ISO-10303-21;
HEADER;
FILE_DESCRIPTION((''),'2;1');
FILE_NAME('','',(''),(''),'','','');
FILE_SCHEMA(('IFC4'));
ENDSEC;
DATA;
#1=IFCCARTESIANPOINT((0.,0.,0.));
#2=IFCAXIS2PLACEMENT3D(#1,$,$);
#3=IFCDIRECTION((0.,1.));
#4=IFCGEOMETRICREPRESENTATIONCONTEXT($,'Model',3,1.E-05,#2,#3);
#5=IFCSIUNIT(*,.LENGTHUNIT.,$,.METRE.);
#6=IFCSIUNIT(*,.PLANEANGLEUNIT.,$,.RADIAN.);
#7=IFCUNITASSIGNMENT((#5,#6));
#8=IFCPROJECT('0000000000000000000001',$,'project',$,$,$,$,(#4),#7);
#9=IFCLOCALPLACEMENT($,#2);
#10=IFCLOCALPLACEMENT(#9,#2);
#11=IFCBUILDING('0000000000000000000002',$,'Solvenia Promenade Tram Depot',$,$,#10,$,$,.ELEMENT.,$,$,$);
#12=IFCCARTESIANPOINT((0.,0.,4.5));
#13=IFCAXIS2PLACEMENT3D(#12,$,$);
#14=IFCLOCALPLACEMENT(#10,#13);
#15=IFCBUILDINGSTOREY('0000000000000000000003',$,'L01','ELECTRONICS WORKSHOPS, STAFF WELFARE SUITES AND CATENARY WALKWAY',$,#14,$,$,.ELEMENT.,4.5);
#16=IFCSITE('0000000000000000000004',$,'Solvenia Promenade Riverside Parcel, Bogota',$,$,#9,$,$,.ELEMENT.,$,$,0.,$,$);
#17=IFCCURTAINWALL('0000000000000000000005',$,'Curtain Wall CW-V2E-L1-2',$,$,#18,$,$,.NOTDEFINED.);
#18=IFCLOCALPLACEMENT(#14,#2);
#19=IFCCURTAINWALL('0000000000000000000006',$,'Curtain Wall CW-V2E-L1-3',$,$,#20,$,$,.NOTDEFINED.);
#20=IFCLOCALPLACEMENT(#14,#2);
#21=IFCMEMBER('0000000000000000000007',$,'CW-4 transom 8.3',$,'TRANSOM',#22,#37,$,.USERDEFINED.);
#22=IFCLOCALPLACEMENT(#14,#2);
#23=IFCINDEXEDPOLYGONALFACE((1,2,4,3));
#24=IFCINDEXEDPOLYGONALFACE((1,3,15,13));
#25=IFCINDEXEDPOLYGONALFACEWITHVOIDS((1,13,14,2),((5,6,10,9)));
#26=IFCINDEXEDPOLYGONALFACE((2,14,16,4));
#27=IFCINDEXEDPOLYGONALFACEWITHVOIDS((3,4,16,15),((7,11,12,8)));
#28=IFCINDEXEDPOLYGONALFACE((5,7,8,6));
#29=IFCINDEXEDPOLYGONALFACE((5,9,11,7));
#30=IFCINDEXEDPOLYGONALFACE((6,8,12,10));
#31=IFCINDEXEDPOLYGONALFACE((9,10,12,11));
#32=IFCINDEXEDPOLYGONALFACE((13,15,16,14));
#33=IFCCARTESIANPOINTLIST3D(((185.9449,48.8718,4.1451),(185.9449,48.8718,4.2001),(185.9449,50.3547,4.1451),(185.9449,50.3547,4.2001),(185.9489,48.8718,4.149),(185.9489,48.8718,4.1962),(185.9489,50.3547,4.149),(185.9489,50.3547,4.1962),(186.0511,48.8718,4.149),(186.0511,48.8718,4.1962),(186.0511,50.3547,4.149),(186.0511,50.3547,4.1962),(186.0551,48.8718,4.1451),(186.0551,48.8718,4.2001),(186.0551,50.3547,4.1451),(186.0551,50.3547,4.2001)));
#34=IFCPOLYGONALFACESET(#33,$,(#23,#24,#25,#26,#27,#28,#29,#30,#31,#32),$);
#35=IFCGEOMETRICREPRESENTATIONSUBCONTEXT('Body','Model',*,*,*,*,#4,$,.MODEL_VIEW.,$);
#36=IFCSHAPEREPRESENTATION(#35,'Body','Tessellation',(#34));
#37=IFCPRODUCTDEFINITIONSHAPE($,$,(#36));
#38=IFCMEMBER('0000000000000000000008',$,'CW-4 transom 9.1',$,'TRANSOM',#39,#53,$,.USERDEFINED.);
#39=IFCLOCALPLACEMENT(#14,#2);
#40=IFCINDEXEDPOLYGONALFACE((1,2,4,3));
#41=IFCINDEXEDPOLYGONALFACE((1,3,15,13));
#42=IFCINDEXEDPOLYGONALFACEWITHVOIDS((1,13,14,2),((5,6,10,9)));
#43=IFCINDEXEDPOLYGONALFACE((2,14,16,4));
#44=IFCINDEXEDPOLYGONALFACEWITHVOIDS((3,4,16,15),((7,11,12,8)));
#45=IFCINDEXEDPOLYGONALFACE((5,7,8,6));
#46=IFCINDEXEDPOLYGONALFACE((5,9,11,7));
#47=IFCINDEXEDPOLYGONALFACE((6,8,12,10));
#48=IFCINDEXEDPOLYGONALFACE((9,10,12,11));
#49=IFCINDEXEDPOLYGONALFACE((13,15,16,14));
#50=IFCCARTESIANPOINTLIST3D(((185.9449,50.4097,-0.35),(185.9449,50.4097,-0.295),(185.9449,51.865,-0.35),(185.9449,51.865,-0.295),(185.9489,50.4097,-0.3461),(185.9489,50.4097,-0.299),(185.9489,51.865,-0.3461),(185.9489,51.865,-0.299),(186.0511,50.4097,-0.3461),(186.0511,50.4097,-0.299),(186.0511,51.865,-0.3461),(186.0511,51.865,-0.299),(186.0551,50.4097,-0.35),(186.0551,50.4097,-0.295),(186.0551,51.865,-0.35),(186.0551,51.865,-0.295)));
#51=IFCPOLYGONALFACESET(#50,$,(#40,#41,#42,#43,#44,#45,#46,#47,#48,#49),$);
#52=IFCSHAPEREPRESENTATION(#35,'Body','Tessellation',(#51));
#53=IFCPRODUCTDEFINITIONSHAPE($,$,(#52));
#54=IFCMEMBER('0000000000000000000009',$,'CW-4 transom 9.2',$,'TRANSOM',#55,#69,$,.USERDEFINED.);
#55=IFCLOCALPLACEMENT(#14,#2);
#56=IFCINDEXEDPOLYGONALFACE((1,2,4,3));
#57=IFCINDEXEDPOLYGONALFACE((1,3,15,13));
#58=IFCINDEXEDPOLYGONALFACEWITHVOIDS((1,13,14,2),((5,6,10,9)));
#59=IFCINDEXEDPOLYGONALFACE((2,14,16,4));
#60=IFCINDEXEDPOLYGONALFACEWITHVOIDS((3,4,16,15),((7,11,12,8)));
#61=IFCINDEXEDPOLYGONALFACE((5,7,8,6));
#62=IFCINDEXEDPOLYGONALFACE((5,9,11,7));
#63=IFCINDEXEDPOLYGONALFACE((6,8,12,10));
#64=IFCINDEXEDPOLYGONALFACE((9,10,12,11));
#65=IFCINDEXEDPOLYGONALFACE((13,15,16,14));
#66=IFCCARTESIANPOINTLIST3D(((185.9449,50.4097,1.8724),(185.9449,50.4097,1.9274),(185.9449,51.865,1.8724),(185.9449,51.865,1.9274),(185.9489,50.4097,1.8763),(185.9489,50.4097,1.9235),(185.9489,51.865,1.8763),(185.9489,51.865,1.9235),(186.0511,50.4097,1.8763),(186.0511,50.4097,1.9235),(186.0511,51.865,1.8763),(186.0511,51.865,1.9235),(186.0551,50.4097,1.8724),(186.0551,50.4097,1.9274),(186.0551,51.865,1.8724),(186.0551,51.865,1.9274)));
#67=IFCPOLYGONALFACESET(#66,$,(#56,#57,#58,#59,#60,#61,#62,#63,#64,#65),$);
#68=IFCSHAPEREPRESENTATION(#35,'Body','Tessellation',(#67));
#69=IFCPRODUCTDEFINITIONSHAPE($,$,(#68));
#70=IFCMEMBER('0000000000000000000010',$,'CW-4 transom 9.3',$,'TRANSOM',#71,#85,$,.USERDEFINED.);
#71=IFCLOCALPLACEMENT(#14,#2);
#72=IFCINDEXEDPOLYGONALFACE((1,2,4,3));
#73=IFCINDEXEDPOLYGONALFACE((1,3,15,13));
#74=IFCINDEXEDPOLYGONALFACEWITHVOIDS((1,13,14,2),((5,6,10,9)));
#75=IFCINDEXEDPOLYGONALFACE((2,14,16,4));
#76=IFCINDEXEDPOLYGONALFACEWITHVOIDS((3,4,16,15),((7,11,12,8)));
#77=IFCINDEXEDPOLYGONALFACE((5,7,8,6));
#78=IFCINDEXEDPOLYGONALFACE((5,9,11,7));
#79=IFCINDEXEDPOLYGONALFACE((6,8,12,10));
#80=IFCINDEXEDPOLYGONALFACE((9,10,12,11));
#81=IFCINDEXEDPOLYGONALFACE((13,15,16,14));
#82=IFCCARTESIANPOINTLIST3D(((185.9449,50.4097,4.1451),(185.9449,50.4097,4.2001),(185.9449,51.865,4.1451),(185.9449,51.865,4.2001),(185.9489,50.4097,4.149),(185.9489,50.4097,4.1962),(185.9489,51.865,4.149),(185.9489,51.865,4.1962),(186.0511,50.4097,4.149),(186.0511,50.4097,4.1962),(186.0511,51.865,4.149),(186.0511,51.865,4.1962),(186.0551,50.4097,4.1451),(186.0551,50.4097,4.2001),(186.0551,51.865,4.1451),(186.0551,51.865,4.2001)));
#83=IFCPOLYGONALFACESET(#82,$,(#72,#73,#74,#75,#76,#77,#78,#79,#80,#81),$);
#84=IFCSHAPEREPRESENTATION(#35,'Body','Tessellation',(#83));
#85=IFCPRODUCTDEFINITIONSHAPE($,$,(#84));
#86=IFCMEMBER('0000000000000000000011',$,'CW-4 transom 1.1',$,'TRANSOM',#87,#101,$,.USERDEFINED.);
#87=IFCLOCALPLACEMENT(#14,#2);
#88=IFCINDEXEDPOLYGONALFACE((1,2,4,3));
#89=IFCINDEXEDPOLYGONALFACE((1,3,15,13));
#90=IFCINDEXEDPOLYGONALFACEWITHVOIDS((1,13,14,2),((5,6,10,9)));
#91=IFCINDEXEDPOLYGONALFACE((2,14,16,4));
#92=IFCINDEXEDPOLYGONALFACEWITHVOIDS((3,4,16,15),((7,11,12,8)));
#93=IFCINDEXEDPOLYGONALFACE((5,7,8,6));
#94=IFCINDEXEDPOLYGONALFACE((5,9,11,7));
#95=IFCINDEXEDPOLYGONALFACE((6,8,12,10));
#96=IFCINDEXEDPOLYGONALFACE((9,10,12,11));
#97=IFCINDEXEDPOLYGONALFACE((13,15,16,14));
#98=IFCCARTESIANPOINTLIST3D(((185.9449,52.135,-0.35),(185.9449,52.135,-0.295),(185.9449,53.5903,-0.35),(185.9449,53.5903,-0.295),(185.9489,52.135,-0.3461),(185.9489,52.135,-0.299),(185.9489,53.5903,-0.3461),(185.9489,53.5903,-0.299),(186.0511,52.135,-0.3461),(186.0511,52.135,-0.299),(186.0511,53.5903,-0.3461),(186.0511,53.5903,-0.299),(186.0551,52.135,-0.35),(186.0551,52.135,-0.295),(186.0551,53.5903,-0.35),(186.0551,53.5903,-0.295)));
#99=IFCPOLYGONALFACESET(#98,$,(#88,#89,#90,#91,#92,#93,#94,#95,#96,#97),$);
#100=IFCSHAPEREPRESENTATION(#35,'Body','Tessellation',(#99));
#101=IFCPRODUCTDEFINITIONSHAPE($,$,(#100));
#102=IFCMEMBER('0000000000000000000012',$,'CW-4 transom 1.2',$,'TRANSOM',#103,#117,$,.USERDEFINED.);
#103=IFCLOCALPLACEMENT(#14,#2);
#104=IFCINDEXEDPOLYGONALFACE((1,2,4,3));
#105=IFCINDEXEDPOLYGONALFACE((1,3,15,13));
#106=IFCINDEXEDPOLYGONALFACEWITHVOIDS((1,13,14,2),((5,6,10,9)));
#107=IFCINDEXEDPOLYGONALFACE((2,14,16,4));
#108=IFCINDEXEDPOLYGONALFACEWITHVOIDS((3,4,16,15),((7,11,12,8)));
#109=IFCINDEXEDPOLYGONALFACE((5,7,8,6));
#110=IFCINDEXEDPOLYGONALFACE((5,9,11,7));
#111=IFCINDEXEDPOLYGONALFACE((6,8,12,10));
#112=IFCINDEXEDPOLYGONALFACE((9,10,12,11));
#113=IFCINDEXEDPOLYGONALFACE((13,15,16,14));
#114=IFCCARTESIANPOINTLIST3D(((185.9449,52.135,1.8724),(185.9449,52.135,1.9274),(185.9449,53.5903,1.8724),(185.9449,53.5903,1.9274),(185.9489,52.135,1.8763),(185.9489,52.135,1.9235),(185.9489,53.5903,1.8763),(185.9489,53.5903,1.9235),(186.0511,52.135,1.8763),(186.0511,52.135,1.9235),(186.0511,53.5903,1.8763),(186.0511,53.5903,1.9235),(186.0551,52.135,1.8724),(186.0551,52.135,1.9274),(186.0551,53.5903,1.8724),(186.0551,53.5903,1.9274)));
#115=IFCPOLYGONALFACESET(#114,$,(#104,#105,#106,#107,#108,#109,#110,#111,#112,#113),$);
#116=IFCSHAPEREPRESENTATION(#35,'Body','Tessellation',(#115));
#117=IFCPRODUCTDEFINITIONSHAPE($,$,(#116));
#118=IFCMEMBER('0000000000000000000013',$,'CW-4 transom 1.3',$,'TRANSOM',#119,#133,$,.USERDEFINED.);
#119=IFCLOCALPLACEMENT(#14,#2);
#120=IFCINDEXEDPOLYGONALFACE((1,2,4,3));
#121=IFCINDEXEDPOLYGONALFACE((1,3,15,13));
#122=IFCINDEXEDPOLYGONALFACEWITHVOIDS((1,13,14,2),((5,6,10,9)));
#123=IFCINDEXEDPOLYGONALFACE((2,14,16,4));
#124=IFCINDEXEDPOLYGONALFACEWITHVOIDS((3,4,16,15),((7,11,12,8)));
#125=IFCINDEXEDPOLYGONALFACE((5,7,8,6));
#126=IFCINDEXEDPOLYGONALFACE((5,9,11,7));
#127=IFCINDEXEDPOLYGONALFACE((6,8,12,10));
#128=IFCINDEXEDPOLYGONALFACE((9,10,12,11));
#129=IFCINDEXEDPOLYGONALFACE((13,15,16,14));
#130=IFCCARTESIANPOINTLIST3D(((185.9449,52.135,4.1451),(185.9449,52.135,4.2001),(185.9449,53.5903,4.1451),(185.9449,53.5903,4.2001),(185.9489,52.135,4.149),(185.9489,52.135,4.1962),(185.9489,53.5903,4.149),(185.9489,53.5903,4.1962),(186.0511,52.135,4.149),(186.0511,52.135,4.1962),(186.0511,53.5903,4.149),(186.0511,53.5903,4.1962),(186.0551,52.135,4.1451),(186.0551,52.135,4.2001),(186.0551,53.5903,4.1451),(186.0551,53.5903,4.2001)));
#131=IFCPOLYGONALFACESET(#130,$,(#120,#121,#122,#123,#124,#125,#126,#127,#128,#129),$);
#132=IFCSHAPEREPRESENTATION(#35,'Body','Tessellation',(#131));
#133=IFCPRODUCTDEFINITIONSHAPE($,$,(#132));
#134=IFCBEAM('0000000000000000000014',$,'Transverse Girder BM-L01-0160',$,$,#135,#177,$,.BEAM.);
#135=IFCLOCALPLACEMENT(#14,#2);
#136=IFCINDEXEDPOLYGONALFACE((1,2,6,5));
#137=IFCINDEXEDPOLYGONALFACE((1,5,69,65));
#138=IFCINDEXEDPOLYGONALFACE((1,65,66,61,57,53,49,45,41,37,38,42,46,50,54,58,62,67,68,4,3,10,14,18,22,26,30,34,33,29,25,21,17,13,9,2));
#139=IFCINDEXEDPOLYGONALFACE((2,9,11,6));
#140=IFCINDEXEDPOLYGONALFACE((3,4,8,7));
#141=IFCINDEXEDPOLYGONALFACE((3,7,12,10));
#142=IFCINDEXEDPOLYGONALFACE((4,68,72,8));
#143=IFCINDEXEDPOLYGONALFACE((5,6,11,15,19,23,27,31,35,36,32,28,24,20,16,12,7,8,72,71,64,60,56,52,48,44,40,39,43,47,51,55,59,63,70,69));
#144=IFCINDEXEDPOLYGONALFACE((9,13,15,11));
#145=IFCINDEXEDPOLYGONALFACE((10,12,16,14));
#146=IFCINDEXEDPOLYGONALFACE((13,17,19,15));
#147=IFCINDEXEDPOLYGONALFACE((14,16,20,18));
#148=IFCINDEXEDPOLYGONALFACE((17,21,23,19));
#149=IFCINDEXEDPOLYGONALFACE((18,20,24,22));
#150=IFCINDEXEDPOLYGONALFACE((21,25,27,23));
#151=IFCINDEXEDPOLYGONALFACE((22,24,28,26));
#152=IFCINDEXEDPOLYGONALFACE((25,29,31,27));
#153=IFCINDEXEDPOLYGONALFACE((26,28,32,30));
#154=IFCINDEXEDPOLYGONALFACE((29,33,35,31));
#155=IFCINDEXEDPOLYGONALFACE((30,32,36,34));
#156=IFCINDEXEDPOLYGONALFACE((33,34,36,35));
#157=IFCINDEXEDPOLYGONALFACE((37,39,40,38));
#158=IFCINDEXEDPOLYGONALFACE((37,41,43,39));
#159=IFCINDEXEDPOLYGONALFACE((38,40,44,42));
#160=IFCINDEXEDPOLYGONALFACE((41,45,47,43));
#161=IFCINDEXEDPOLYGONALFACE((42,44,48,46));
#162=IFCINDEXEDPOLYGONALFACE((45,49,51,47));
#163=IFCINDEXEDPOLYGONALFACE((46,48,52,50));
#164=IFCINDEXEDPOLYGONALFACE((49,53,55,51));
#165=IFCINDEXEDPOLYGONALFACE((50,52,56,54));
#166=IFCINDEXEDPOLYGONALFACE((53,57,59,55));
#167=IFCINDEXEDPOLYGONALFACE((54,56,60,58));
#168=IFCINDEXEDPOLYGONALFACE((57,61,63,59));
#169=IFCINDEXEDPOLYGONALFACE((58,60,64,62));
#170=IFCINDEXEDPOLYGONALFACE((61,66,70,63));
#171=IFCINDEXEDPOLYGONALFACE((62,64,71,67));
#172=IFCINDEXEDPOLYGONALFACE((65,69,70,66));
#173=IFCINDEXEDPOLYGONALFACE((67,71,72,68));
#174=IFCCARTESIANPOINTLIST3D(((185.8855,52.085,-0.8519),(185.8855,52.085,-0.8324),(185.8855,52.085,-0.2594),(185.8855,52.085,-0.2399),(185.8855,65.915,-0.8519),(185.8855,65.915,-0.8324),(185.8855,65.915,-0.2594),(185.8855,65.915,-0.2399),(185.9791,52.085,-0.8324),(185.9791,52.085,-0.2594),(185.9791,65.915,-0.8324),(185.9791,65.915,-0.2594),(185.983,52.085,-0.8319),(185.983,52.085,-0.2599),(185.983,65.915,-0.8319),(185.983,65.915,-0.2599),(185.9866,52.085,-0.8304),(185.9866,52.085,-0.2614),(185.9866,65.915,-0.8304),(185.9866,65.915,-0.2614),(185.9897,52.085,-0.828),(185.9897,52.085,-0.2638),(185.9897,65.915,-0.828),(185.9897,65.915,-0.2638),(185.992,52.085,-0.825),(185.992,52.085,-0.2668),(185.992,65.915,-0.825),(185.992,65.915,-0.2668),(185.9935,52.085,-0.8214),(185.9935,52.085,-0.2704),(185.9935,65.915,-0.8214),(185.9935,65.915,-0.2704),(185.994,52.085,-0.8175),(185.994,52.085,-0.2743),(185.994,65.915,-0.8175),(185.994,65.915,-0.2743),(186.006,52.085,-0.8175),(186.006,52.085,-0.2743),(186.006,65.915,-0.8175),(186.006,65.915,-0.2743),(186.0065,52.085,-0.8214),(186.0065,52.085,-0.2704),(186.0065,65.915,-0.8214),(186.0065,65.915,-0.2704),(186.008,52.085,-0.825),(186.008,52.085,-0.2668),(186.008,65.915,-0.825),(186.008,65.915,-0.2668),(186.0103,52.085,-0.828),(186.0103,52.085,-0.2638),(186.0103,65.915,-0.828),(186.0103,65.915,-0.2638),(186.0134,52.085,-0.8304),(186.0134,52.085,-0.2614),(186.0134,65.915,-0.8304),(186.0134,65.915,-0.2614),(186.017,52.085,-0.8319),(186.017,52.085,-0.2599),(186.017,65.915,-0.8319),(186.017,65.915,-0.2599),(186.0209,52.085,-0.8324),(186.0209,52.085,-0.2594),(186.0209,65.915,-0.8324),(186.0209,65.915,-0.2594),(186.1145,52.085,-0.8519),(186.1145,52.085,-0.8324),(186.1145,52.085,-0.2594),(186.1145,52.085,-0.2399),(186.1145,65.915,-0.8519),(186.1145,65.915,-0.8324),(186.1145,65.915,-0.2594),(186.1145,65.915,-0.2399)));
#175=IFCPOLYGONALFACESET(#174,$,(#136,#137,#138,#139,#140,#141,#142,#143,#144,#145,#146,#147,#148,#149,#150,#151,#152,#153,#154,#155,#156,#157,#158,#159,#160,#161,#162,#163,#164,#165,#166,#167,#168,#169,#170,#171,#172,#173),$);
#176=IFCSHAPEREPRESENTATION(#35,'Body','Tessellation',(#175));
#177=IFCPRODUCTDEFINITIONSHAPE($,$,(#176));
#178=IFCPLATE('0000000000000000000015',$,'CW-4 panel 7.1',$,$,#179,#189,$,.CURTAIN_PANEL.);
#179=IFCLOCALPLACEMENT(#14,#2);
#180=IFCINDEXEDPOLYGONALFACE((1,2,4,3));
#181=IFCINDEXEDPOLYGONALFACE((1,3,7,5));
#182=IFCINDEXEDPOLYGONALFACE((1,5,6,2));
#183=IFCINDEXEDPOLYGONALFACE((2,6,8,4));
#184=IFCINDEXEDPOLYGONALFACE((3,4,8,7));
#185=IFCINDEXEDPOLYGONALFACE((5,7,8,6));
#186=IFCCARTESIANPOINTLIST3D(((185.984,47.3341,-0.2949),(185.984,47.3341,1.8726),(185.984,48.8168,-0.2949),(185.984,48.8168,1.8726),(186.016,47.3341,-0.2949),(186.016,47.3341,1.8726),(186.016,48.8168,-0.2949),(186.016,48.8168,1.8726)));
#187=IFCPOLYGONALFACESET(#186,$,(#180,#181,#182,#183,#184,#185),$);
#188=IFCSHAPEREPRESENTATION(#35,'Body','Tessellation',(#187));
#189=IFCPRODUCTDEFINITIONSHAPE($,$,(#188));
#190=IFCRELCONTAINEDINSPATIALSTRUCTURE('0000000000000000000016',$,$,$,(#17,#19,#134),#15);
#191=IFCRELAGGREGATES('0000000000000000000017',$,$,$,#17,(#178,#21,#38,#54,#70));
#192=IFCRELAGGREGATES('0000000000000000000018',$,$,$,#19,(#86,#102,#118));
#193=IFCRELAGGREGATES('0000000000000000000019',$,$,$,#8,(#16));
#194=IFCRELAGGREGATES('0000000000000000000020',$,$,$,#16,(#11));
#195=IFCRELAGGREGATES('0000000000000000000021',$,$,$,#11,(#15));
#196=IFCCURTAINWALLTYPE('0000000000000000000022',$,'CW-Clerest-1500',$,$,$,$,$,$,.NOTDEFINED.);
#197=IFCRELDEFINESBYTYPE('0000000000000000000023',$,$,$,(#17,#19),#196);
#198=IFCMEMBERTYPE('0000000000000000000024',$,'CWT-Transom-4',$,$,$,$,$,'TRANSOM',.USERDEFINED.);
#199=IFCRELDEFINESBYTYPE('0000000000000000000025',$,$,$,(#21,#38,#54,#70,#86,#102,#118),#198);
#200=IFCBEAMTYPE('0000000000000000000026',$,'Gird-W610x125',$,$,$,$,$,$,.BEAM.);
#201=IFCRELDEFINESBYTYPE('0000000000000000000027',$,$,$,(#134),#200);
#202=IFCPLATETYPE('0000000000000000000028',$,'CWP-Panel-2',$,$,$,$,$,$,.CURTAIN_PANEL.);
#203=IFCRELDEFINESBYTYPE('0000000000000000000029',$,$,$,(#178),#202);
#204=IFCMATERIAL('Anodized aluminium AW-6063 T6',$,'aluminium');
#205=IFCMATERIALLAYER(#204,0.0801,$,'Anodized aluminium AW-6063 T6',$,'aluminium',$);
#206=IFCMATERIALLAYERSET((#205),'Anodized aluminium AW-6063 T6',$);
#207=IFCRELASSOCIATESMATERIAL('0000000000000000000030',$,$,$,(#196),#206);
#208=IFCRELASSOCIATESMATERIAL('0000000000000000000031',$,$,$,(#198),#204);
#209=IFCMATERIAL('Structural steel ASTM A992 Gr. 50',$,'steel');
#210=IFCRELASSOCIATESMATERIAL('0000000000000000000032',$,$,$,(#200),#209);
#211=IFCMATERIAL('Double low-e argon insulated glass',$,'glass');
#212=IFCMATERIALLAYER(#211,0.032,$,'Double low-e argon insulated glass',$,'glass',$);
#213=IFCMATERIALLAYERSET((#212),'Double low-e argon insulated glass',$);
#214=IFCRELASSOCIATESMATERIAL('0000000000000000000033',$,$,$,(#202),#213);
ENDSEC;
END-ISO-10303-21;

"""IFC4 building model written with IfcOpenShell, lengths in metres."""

from ifc_helpers import new_model, si_unit, direction, frame, origin, origin_2d, place, context, subcontext, project, spatial, rectangle, hollow_rectangle, i_section, extrude, material, layer, layer_set, material_profile, profile_set, type_object, element, aggregate, save


model = new_model("IFC4")

# Units and contexts
model_context = context("Model", 3, precision=1e-05, world=origin(), true_north=direction((0.0, 1.0)))
body_context = subcontext(model_context, "Body", "Model", "MODEL_VIEW")
ifc_project = project(units=[si_unit("LENGTHUNIT", "METRE"), si_unit("PLANEANGLEUNIT", "RADIAN")], contexts=[model_context])

# Site, building, storey
site_placement = place(None, origin())
site = spatial("IfcSite", under=ifc_project, at=site_placement, Name="Solvenia Promenade Riverside Parcel, Bogota", CompositionType="ELEMENT", RefElevation=0.0)
building_placement = place(site_placement, origin())
building = spatial("IfcBuilding", under=site, at=building_placement, Name="Solvenia Promenade Tram Depot", CompositionType="ELEMENT")
storey_placement = place(building_placement, frame((0.0, 0.0, 4.5)))
storey = spatial("IfcBuildingStorey", under=building, at=storey_placement, Name="L01", Description="ELECTRONICS WORKSHOPS, STAFF WELFARE SUITES AND CATENARY WALKWAY", CompositionType="ELEMENT", Elevation=4.5)

# Shared definitions
ifc_material_1 = material(Name="Structural steel ASTM A992 Gr. 50", Category="steel")

# Curtain walls
ifc_material_2 = material(Name="Anodized aluminium AW-6063 T6", Category="aluminium")
ifc_layer_1 = layer(ifc_material_2, 0.0801, Name="Anodized aluminium AW-6063 T6", Category="aluminium")
ifc_layer_set_1 = layer_set([ifc_layer_1], Name="Anodized aluminium AW-6063 T6")
curtain_wall_type = type_object("IfcCurtainWallType", Name="CW-Clerest-1500", PredefinedType="NOTDEFINED", material=ifc_layer_set_1)
curtain_wall_1_placement = place(storey_placement, origin())
curtain_wall_1 = element("IfcCurtainWall", 1, at=curtain_wall_1_placement, inside=storey, type_object=curtain_wall_type, Name="Curtain Wall CW-V2E-L1-2", PredefinedType="NOTDEFINED")
curtain_wall_2_placement = place(storey_placement, origin())
curtain_wall_2 = element("IfcCurtainWall", 2, at=curtain_wall_2_placement, inside=storey, type_object=curtain_wall_type, Name="Curtain Wall CW-V2E-L1-3", PredefinedType="NOTDEFINED")

# Members
ifc_material_profile_1 = material_profile(ifc_material_2, hollow_rectangle(XDim=0.1101, YDim=0.0549, WallThickness=0.0039, at=origin_2d()), Name="ALU-T4", Category="aluminium")
ifc_profile_set_1 = profile_set([ifc_material_profile_1], Name="Anodized aluminium AW-6063 T6")
member_type_1 = type_object("IfcMemberType", Name="CWT-Transom-4", ElementType="TRANSOM", PredefinedType="USERDEFINED", material=ifc_profile_set_1)
member_1_placement = place(storey_placement, frame((186.0, 48.8718, 4.1726), z_axis=(0.0, 1.0, 0.0), x_axis=(-1.0, 0.0, 0.0)))
member_1 = element("IfcMember", 3, at=member_1_placement, type_object=member_type_1, Name="CW-4 transom 8.3", ObjectType="TRANSOM", PredefinedType="USERDEFINED", context=body_context, shape_type="SweptSolid", body=[
    extrude(hollow_rectangle(XDim=0.1101, YDim=0.0549, WallThickness=0.0039, at=origin_2d()), origin(), (0.0, 0.0, 1.0), 1.4829),
])
member_2_placement = place(storey_placement, frame((186.0, 50.4097, -0.3225), z_axis=(0.0, 1.0, 0.0), x_axis=(-1.0, 0.0, 0.0)))
member_2 = element("IfcMember", 4, at=member_2_placement, type_object=member_type_1, Name="CW-4 transom 9.1", ObjectType="TRANSOM", PredefinedType="USERDEFINED", context=body_context, shape_type="SweptSolid", body=[
    extrude(hollow_rectangle(XDim=0.1101, YDim=0.0549, WallThickness=0.0039, at=origin_2d()), origin(), (0.0, 0.0, 1.0), 1.4553),
])
member_3_placement = place(storey_placement, frame((186.0, 50.4097, 1.8999), z_axis=(0.0, 1.0, 0.0), x_axis=(-1.0, 0.0, 0.0)))
member_3 = element("IfcMember", 5, at=member_3_placement, type_object=member_type_1, Name="CW-4 transom 9.2", ObjectType="TRANSOM", PredefinedType="USERDEFINED", context=body_context, shape_type="SweptSolid", body=[
    extrude(hollow_rectangle(XDim=0.1101, YDim=0.0549, WallThickness=0.0039, at=origin_2d()), origin(), (0.0, 0.0, 1.0), 1.4553),
])
member_4_placement = place(storey_placement, frame((186.0, 50.4097, 4.1726), z_axis=(0.0, 1.0, 0.0), x_axis=(-1.0, 0.0, 0.0)))
member_4 = element("IfcMember", 6, at=member_4_placement, type_object=member_type_1, Name="CW-4 transom 9.3", ObjectType="TRANSOM", PredefinedType="USERDEFINED", context=body_context, shape_type="SweptSolid", body=[
    extrude(hollow_rectangle(XDim=0.1101, YDim=0.0549, WallThickness=0.0039, at=origin_2d()), origin(), (0.0, 0.0, 1.0), 1.4553),
])
member_5_placement = place(storey_placement, frame((186.0, 52.135, -0.3225), z_axis=(0.0, 1.0, 0.0), x_axis=(-1.0, 0.0, 0.0)))
member_5 = element("IfcMember", 7, at=member_5_placement, type_object=member_type_1, Name="CW-4 transom 1.1", ObjectType="TRANSOM", PredefinedType="USERDEFINED", context=body_context, shape_type="SweptSolid", body=[
    extrude(hollow_rectangle(XDim=0.1101, YDim=0.0549, WallThickness=0.0039, at=origin_2d()), origin(), (0.0, 0.0, 1.0), 1.4553),
])
member_6_placement = place(storey_placement, frame((186.0, 52.135, 1.8999), z_axis=(0.0, 1.0, 0.0), x_axis=(-1.0, 0.0, 0.0)))
member_6 = element("IfcMember", 8, at=member_6_placement, type_object=member_type_1, Name="CW-4 transom 1.2", ObjectType="TRANSOM", PredefinedType="USERDEFINED", context=body_context, shape_type="SweptSolid", body=[
    extrude(hollow_rectangle(XDim=0.1101, YDim=0.0549, WallThickness=0.0039, at=origin_2d()), origin(), (0.0, 0.0, 1.0), 1.4553),
])
member_7_placement = place(storey_placement, frame((186.0, 52.135, 4.1726), z_axis=(0.0, 1.0, 0.0), x_axis=(-1.0, 0.0, 0.0)))
member_7 = element("IfcMember", 9, at=member_7_placement, type_object=member_type_1, Name="CW-4 transom 1.3", ObjectType="TRANSOM", PredefinedType="USERDEFINED", context=body_context, shape_type="SweptSolid", body=[
    extrude(hollow_rectangle(XDim=0.1101, YDim=0.0549, WallThickness=0.0039, at=origin_2d()), origin(), (0.0, 0.0, 1.0), 1.4553),
])

# Beam
ifc_material_profile_2 = material_profile(ifc_material_1, i_section(OverallWidth=0.229, OverallDepth=0.6121, WebThickness=0.012, FlangeThickness=0.0195, FilletRadius=0.0149, at=origin_2d()), Name="W610x125", Category="steel")
ifc_profile_set_2 = profile_set([ifc_material_profile_2], Name="Structural steel ASTM A992 Gr. 50")
beam_type = type_object("IfcBeamType", Name="Gird-W610x125", PredefinedType="BEAM", material=ifc_profile_set_2)
beam_placement = place(storey_placement, frame((186.0, 52.085, -0.5459), z_axis=(0.0, 1.0, 0.0), x_axis=(-1.0, 0.0, 0.0)))
element("IfcBeam", 10, at=beam_placement, inside=storey, type_object=beam_type, Name="Transverse Girder BM-L01-0160", PredefinedType="BEAM", context=body_context, shape_type="SweptSolid", body=[
    extrude(i_section(OverallWidth=0.229, OverallDepth=0.6121, WebThickness=0.012, FlangeThickness=0.0195, FilletRadius=0.0149, at=origin_2d()), origin(), (0.0, 0.0, 1.0), 13.8301),
])

# Plate
ifc_material_3 = material(Name="Double low-e argon insulated glass", Category="glass")
ifc_layer_2 = layer(ifc_material_3, 0.032, Name="Double low-e argon insulated glass", Category="glass")
ifc_layer_set_2 = layer_set([ifc_layer_2], Name="Double low-e argon insulated glass")
plate_type = type_object("IfcPlateType", Name="CWP-Panel-2", PredefinedType="CURTAIN_PANEL", material=ifc_layer_set_2)
plate_1_placement = place(storey_placement, frame((186.0, 48.0754, -0.2949), z_axis=(0.0, 0.0, 1.0), x_axis=(0.0, 1.0, 0.0)))
plate_1 = element("IfcPlate", 11, at=plate_1_placement, type_object=plate_type, Name="CW-4 panel 7.1", PredefinedType="CURTAIN_PANEL", context=body_context, shape_type="SweptSolid", body=[
    extrude(rectangle(XDim=1.4827, YDim=0.032, at=origin_2d()), origin(), (0.0, 0.0, 1.0), 2.1675),
])
aggregate(curtain_wall_1, [plate_1, member_1, member_2, member_3, member_4])
aggregate(curtain_wall_2, [member_5, member_6, member_7])

save(model, "model.ifc")
